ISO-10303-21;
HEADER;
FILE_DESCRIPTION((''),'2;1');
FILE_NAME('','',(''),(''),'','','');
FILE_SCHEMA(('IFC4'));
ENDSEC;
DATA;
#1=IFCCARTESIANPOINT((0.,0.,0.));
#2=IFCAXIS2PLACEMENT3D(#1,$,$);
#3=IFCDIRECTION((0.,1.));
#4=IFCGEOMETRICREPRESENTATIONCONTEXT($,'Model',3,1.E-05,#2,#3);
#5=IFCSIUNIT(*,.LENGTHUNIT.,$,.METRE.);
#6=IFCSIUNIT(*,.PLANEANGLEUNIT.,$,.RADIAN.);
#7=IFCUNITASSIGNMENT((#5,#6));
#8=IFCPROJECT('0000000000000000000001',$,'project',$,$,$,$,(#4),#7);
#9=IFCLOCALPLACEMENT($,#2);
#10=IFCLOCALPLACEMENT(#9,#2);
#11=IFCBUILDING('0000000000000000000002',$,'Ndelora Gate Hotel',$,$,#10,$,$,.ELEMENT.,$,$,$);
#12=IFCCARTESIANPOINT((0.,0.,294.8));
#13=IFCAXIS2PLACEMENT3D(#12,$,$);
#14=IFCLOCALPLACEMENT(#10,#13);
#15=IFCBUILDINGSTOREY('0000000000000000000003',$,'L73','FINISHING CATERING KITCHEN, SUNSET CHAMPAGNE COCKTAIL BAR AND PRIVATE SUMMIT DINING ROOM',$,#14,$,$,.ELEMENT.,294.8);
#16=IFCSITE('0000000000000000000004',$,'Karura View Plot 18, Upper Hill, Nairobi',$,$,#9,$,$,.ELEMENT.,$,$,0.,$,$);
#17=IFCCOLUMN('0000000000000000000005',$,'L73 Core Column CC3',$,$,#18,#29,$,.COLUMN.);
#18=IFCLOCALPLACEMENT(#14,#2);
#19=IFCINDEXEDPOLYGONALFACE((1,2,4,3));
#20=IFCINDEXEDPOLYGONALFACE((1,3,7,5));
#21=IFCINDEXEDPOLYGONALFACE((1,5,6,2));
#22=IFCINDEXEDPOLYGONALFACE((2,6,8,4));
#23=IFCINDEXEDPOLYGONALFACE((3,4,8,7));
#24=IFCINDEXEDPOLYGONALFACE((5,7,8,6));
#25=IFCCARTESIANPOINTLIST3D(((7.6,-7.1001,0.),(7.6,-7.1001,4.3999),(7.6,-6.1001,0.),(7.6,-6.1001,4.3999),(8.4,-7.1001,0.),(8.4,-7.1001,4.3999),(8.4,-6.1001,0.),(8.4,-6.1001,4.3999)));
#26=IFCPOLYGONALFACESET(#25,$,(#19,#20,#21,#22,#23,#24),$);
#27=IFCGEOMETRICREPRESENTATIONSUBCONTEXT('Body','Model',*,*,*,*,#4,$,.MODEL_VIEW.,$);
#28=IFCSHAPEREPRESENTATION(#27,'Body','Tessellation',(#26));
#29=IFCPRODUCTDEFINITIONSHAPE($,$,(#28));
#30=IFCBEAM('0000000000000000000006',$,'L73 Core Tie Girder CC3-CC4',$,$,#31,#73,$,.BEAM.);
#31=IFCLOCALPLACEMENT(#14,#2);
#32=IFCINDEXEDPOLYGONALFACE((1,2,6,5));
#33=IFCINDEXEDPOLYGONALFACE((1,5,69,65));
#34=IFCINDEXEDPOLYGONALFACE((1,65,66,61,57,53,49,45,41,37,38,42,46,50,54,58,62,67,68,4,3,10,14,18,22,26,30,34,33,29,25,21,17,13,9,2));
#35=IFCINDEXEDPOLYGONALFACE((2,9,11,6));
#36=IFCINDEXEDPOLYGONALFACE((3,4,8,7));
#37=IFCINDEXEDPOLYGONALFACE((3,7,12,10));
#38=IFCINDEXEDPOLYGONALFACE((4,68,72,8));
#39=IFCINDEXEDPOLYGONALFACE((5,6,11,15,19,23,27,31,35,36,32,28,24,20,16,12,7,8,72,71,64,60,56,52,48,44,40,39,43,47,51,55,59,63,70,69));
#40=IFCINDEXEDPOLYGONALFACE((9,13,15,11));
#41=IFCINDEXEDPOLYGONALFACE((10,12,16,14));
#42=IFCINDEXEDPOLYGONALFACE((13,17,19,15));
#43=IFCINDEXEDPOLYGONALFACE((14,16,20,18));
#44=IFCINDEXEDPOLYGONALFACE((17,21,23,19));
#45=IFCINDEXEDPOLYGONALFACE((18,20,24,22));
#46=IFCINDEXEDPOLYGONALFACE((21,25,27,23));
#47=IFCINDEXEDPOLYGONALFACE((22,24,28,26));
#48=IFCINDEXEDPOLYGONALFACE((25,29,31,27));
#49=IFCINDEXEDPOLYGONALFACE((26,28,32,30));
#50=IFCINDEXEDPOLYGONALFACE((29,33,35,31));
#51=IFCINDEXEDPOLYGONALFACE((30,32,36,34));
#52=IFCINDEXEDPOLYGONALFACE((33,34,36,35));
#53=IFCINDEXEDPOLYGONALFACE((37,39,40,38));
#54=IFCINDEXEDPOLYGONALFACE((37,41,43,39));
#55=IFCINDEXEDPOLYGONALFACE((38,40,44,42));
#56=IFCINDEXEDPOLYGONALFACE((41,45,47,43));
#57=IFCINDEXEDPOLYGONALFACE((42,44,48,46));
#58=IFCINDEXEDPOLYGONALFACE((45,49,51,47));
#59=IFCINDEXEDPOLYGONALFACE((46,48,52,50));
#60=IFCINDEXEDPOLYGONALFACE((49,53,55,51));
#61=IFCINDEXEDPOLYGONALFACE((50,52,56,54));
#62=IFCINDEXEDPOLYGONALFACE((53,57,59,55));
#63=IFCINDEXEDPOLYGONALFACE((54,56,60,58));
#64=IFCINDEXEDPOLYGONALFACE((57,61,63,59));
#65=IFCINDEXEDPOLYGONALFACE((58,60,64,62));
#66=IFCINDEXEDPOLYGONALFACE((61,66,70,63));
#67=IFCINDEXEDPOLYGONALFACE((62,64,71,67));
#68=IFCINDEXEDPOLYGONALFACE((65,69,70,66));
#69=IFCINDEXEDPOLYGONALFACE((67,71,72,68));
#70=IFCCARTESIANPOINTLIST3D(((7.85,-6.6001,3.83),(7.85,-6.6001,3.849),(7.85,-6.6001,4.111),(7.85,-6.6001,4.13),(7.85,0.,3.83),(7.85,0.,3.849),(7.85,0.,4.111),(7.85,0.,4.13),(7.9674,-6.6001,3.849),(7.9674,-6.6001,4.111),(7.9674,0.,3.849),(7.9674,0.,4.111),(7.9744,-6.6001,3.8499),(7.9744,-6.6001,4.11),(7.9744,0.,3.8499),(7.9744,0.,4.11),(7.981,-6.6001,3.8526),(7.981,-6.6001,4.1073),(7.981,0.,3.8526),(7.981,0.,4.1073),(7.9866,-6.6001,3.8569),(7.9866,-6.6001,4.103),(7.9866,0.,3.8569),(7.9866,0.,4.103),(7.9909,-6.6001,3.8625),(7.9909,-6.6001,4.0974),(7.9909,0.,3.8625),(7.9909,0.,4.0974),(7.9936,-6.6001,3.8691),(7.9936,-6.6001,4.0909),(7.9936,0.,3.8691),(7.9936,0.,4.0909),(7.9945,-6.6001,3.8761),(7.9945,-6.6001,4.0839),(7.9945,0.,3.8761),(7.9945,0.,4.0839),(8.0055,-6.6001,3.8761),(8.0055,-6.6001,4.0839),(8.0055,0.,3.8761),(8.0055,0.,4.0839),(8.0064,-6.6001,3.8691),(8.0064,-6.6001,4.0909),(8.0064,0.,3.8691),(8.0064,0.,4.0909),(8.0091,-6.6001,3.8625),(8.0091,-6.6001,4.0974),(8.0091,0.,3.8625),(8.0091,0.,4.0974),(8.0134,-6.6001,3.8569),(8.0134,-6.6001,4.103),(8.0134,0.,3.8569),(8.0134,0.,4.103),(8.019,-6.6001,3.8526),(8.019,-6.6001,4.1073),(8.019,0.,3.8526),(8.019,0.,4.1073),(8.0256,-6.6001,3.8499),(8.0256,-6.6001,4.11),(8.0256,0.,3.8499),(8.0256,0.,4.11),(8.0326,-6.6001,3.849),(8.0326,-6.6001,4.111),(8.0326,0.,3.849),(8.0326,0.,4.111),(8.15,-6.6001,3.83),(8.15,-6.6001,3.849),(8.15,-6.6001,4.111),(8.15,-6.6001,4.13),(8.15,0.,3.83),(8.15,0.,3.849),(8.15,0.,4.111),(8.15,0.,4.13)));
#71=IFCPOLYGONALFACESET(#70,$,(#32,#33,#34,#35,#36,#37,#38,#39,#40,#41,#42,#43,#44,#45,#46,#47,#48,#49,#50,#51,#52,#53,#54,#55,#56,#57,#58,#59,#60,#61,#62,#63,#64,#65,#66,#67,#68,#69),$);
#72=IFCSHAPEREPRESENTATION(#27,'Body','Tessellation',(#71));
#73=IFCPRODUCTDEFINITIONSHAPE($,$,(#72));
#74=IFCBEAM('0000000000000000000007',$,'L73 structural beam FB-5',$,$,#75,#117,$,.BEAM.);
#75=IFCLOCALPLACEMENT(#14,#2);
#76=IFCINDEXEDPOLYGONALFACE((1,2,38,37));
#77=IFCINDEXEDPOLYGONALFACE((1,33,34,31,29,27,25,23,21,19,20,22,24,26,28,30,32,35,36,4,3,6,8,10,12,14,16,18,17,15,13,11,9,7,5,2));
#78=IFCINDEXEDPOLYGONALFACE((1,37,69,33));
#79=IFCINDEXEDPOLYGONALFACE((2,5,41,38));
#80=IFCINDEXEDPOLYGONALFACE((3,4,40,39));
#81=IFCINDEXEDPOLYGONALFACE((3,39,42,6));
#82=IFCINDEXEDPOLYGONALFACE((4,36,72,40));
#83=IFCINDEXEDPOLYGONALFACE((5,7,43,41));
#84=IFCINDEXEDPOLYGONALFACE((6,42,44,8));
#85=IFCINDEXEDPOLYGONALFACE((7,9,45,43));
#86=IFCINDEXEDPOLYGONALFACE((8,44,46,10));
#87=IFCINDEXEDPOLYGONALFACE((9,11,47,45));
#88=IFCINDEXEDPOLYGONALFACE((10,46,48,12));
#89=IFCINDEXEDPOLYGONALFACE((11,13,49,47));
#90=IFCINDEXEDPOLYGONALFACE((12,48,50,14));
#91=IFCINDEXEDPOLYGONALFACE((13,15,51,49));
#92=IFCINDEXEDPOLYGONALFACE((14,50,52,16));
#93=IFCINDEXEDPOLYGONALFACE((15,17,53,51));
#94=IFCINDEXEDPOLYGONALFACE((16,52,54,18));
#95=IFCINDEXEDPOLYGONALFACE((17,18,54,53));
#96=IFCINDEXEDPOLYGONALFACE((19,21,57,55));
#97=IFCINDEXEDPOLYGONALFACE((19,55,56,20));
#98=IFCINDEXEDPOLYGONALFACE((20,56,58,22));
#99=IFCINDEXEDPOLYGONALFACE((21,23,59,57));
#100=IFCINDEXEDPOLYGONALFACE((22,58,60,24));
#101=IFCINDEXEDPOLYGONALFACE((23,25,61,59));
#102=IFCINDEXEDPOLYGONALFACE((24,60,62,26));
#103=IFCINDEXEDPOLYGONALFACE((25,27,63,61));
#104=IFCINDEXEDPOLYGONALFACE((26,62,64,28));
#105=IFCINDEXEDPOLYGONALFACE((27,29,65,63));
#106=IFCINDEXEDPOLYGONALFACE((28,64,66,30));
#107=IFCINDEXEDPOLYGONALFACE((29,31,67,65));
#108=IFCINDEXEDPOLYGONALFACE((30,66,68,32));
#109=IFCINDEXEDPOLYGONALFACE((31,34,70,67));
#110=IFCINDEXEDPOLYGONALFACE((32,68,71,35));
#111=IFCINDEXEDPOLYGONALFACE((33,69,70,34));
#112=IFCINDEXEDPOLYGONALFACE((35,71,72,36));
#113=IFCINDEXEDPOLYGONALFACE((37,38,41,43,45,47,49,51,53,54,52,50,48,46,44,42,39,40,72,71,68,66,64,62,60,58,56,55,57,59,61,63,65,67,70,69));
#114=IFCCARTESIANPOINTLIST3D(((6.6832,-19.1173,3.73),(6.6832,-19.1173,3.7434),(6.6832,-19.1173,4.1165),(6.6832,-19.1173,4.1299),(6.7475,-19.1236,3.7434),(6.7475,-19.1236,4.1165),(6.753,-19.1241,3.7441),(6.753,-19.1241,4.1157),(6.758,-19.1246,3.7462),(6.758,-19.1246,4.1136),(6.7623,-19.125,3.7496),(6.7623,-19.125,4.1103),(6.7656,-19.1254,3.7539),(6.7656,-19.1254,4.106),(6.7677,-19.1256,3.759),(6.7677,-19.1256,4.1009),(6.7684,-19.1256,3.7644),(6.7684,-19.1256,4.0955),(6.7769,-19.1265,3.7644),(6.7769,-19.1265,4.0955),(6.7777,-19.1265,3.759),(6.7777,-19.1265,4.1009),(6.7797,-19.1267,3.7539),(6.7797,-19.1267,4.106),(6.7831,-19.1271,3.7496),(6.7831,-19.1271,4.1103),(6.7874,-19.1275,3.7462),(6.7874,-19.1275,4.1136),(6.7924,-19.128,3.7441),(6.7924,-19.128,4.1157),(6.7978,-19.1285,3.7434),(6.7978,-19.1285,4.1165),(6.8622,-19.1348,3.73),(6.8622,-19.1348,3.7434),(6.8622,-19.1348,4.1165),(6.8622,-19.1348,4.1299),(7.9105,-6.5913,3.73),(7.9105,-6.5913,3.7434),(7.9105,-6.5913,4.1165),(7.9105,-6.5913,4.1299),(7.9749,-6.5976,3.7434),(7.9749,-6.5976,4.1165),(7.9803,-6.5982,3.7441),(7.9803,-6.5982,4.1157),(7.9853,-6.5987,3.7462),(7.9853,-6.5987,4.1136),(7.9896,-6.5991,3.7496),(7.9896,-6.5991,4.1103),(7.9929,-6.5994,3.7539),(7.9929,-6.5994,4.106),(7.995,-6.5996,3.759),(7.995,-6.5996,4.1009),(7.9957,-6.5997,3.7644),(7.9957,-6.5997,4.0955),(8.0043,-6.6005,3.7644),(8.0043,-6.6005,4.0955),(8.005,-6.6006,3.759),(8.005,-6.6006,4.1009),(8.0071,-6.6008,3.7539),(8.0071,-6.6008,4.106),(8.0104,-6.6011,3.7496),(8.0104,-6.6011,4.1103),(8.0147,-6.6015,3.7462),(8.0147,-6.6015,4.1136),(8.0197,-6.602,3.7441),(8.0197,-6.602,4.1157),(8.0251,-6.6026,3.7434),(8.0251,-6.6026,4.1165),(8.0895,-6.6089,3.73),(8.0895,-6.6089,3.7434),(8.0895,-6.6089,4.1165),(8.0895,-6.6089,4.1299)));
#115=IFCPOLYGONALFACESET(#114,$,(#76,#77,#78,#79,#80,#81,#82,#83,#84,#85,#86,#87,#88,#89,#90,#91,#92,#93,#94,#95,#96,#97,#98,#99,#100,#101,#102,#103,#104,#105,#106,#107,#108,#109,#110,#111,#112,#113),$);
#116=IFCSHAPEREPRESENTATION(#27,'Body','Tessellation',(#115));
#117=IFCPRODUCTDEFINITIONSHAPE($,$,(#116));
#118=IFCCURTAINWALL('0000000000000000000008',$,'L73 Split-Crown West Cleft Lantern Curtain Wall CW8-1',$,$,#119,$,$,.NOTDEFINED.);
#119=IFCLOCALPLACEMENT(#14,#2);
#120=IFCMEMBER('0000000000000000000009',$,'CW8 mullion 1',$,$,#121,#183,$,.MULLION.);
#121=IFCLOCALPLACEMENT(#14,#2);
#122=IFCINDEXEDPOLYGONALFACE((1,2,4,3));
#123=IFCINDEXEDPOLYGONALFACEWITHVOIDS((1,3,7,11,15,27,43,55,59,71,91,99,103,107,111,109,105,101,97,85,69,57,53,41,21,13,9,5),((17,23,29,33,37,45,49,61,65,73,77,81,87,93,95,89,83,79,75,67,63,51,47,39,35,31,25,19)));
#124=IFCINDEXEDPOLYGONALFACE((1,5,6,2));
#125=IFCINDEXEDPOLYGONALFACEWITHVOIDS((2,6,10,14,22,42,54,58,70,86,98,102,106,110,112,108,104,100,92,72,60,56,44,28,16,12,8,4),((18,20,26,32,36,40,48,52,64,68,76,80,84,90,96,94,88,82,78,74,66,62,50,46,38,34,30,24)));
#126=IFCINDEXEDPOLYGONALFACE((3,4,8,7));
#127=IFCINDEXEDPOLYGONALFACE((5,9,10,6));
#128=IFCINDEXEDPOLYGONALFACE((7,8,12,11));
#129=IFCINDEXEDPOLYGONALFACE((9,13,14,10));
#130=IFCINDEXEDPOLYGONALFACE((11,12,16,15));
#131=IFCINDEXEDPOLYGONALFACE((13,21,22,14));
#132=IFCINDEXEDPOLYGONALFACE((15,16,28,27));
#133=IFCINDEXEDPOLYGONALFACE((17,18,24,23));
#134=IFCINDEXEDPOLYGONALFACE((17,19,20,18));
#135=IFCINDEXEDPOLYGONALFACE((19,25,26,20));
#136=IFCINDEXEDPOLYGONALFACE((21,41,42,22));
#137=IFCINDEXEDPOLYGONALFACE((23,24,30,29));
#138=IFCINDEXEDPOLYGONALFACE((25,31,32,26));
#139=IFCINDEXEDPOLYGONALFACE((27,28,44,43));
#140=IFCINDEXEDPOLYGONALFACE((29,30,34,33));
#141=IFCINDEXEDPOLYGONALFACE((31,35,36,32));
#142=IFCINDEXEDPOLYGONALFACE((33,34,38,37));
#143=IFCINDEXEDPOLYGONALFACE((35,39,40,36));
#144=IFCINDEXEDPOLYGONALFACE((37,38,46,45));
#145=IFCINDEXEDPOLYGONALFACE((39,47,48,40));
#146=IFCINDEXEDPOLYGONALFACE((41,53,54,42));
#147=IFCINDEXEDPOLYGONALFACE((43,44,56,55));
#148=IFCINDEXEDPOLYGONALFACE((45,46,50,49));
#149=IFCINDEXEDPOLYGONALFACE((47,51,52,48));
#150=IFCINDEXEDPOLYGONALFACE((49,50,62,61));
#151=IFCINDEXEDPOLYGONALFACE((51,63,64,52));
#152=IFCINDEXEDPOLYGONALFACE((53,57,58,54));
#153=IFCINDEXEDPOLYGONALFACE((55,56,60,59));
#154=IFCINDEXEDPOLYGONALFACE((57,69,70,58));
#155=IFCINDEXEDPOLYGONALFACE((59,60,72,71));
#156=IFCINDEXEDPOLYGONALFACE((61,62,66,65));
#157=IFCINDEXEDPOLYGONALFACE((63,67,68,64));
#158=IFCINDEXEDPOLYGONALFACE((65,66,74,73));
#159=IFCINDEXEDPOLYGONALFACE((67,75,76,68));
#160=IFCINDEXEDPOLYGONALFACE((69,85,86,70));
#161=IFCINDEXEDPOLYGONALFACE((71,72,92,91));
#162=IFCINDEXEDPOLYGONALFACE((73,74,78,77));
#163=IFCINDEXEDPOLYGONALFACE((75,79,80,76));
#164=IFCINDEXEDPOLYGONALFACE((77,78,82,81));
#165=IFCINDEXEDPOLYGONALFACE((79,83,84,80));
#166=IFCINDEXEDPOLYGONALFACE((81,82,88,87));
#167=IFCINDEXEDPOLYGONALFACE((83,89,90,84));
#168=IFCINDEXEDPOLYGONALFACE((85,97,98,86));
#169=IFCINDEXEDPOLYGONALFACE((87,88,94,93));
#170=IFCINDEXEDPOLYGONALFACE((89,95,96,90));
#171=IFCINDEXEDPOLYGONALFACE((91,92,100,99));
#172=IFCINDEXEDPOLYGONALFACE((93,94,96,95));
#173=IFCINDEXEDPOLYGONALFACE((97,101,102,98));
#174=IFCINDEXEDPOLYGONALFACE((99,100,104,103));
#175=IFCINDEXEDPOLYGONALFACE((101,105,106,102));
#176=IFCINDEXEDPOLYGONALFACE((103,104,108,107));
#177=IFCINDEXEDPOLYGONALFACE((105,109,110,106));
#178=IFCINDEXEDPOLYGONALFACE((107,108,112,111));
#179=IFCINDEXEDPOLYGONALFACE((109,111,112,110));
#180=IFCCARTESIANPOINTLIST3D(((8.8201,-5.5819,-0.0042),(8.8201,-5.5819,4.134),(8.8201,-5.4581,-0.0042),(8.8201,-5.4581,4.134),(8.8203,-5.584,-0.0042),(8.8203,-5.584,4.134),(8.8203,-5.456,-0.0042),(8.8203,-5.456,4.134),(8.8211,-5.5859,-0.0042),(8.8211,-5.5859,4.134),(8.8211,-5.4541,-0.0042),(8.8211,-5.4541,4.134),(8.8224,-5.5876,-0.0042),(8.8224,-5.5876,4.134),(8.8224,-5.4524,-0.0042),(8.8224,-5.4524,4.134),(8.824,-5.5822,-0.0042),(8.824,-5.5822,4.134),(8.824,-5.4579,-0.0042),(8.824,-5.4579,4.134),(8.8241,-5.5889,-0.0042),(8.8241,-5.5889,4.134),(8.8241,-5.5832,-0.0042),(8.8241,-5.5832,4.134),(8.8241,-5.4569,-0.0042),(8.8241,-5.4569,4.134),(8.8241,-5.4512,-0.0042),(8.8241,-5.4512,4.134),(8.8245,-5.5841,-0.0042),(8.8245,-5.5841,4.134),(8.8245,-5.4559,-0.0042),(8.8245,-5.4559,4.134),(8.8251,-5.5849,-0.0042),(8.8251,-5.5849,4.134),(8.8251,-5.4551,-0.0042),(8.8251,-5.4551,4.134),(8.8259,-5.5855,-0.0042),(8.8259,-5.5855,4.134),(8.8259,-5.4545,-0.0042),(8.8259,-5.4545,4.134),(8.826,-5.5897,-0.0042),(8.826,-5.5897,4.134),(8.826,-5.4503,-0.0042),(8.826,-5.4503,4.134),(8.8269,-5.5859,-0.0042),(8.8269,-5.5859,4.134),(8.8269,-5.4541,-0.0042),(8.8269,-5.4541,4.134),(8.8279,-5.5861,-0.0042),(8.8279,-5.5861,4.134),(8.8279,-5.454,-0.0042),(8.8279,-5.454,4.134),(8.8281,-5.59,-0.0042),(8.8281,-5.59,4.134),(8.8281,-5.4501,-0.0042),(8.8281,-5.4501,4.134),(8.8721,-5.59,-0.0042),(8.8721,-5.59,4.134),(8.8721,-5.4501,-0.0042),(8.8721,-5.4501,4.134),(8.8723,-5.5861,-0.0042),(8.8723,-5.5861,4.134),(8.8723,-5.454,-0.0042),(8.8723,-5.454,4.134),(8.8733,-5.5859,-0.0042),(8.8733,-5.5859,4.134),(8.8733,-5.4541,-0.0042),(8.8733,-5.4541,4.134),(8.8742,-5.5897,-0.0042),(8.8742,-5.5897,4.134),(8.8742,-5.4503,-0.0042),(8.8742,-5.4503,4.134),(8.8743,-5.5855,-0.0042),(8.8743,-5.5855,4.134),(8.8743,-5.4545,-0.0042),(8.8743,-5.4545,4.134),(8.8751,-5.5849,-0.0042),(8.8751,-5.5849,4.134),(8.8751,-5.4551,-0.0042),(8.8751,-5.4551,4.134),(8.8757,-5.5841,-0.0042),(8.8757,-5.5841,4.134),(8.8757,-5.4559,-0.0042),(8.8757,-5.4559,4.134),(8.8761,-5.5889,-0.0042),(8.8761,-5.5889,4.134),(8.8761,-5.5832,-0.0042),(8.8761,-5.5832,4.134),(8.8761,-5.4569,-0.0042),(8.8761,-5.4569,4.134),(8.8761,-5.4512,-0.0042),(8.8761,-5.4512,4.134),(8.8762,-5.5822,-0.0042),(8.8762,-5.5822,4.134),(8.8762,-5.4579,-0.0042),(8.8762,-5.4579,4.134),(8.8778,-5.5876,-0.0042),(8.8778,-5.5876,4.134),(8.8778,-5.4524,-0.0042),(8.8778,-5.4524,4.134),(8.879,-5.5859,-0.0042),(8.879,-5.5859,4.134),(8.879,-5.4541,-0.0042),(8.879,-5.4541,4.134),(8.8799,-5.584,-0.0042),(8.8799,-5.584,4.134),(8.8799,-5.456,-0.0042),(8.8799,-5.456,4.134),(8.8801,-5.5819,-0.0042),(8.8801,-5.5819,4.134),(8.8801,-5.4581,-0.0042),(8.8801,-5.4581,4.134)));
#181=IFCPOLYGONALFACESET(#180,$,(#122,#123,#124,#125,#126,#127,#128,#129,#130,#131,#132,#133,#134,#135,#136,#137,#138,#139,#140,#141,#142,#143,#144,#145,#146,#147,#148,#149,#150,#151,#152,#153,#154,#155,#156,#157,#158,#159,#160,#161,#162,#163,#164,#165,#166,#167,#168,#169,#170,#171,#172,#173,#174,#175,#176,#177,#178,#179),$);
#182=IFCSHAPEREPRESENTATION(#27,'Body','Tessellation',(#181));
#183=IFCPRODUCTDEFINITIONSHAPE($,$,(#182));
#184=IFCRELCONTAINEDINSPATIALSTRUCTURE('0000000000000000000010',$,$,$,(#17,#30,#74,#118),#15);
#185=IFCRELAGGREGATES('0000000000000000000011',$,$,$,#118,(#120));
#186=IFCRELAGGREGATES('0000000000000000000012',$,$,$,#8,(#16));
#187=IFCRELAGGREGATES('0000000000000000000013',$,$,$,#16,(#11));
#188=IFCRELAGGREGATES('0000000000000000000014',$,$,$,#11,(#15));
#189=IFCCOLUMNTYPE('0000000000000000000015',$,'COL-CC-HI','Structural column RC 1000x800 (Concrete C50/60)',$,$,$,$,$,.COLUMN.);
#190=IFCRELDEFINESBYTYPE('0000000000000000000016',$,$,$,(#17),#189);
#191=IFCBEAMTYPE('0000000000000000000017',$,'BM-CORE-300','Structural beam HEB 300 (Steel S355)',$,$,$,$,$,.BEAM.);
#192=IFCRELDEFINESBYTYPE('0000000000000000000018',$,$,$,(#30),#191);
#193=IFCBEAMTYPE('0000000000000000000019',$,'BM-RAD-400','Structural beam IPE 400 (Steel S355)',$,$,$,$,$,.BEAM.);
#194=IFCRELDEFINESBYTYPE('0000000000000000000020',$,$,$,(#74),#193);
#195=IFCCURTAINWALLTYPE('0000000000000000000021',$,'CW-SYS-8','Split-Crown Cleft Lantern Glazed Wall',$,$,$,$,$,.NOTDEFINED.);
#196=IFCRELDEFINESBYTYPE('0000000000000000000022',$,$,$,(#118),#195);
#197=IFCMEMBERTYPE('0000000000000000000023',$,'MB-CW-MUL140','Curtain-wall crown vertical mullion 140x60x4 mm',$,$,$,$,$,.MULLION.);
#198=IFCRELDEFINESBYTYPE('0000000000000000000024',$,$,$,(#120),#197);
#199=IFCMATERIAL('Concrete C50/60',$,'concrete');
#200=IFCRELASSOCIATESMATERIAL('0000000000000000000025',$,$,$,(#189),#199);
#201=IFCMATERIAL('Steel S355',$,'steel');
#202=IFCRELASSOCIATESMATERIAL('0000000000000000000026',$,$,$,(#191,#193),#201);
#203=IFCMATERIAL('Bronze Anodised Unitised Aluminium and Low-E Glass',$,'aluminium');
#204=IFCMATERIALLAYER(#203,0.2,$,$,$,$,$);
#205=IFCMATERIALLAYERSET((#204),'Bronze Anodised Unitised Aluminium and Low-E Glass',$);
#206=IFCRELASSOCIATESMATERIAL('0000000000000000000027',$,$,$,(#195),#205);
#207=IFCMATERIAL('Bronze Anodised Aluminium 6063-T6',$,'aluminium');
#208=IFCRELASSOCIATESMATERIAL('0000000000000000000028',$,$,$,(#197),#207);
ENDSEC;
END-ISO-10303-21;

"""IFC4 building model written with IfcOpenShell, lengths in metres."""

from ifc_helpers import new_model, si_unit, direction, frame, origin, origin_2d, place, context, subcontext, project, spatial, rectangle, hollow_rectangle, i_section, extrude, material, layer, layer_set, material_profile, profile_set, type_object, element, aggregate, save


model = new_model("IFC4")

# Units and contexts
model_context = context("Model", 3, precision=1e-05, world=origin(), true_north=direction((0.0, 1.0)))
body_context = subcontext(model_context, "Body", "Model", "MODEL_VIEW")
ifc_project = project(units=[si_unit("LENGTHUNIT", "METRE"), si_unit("PLANEANGLEUNIT", "RADIAN")], contexts=[model_context])

# Site, building, storey
site_placement = place(None, origin())
site = spatial("IfcSite", under=ifc_project, at=site_placement, Name="Karura View Plot 18, Upper Hill, Nairobi", CompositionType="ELEMENT", RefElevation=0.0)
building_placement = place(site_placement, origin())
building = spatial("IfcBuilding", under=site, at=building_placement, Name="Ndelora Gate Hotel", CompositionType="ELEMENT")
storey_placement = place(building_placement, frame((0.0, 0.0, 294.8)))
storey = spatial("IfcBuildingStorey", under=building, at=storey_placement, Name="L73", Description="FINISHING CATERING KITCHEN, SUNSET CHAMPAGNE COCKTAIL BAR AND PRIVATE SUMMIT DINING ROOM", CompositionType="ELEMENT", Elevation=294.8)

# Column
ifc_material_1 = material(Name="Concrete C50/60", Category="concrete")
ifc_material_profile_1 = material_profile(ifc_material_1, rectangle(XDim=0.8, YDim=1.0, at=origin_2d()), Name="RC 1000x800")
ifc_profile_set_1 = profile_set([ifc_material_profile_1], Name="Concrete C50/60")
column_type = type_object("IfcColumnType", Name="COL-CC-HI", Description="Structural column RC 1000x800 (Concrete C50/60)", PredefinedType="COLUMN", material=ifc_profile_set_1)
column_placement = place(storey_placement, frame((8.0, -6.6001, 0.0), z_axis=(0.0, 0.0, 1.0), x_axis=(1.0, 0.0, 0.0)))
element("IfcColumn", 1, at=column_placement, inside=storey, type_object=column_type, Name="L73 Core Column CC3", PredefinedType="COLUMN", context=body_context, shape_type="SweptSolid", body=[
    extrude(rectangle(XDim=0.8, YDim=1.0, at=origin_2d()), origin(), (0.0, 0.0, 1.0), 4.3999),
])

# Beams
ifc_material_2 = material(Name="Steel S355", Category="steel")
ifc_material_profile_2 = material_profile(ifc_material_2, i_section(OverallWidth=0.3, OverallDepth=0.3, WebThickness=0.011, FlangeThickness=0.019, FilletRadius=0.0271, at=origin_2d()), Name="HEB 300")
ifc_profile_set_2 = profile_set([ifc_material_profile_2], Name="Steel S355")
beam_type_1 = type_object("IfcBeamType", Name="BM-CORE-300", Description="Structural beam HEB 300 (Steel S355)", PredefinedType="BEAM", material=ifc_profile_set_2)
beam_1_placement = place(storey_placement, frame((8.0, -6.6001, 3.98), z_axis=(0.0, 1.0, 0.0), x_axis=(-1.0, 0.0, 0.0)))
element("IfcBeam", 2, at=beam_1_placement, inside=storey, type_object=beam_type_1, Name="L73 Core Tie Girder CC3-CC4", PredefinedType="BEAM", context=body_context, shape_type="SweptSolid", body=[
    extrude(i_section(OverallWidth=0.3, OverallDepth=0.3, WebThickness=0.011, FlangeThickness=0.019, FilletRadius=0.0271, at=origin_2d()), origin(), (0.0, 0.0, 1.0), 6.6001),
])
ifc_material_profile_3 = material_profile(ifc_material_2, i_section(OverallWidth=0.1799, OverallDepth=0.3999, WebThickness=0.0085, FlangeThickness=0.0134, FilletRadius=0.021, at=origin_2d()), Name="IPE 400")
ifc_profile_set_3 = profile_set([ifc_material_profile_3], Name="Steel S355")
beam_type_2 = type_object("IfcBeamType", Name="BM-RAD-400", Description="Structural beam IPE 400 (Steel S355)", PredefinedType="BEAM", material=ifc_profile_set_3)
beam_2_placement = place(storey_placement, frame((8.0, -6.6001, 3.9299), z_axis=(-0.097514, -0.995234, 0.0), x_axis=(0.995234, -0.097514, 0.0)))
element("IfcBeam", 3, at=beam_2_placement, inside=storey, type_object=beam_type_2, Name="L73 structural beam FB-5", PredefinedType="BEAM", context=body_context, shape_type="SweptSolid", body=[
    extrude(i_section(OverallWidth=0.1799, OverallDepth=0.3999, WebThickness=0.0085, FlangeThickness=0.0134, FilletRadius=0.021, at=origin_2d()), origin(), (0.0, 0.0, 1.0), 12.5859),
])

# Curtain wall, member
ifc_material_3 = material(Name="Bronze Anodised Unitised Aluminium and Low-E Glass", Category="aluminium")
ifc_layer_1 = layer(ifc_material_3, 0.2)
ifc_layer_set_1 = layer_set([ifc_layer_1], Name="Bronze Anodised Unitised Aluminium and Low-E Glass")
curtain_wall_type = type_object("IfcCurtainWallType", Name="CW-SYS-8", Description="Split-Crown Cleft Lantern Glazed Wall", PredefinedType="NOTDEFINED", material=ifc_layer_set_1)
curtain_wall_placement = place(storey_placement, origin())
curtain_wall = element("IfcCurtainWall", 4, at=curtain_wall_placement, inside=storey, type_object=curtain_wall_type, Name="L73 Split-Crown West Cleft Lantern Curtain Wall CW8-1", PredefinedType="NOTDEFINED")
ifc_material_4 = material(Name="Bronze Anodised Aluminium 6063-T6", Category="aluminium")
ifc_material_profile_4 = material_profile(ifc_material_4, hollow_rectangle(XDim=0.0601, YDim=0.1399, WallThickness=0.0039, InnerFilletRadius=0.0039, OuterFilletRadius=0.0081, at=origin_2d()), Name="ALU 140x60x4")
ifc_profile_set_4 = profile_set([ifc_material_profile_4], Name="Bronze Anodised Aluminium 6063-T6")
member_type_1 = type_object("IfcMemberType", Name="MB-CW-MUL140", Description="Curtain-wall crown vertical mullion 140x60x4 mm", PredefinedType="MULLION", material=ifc_profile_set_4)
member_1_placement = place(storey_placement, frame((8.8501, -5.52, -0.0042), z_axis=(0.0, 0.0, 1.0), x_axis=(-1.0, 0.0, 0.0)))
member_1 = element("IfcMember", 5, at=member_1_placement, type_object=member_type_1, Name="CW8 mullion 1", PredefinedType="MULLION", context=body_context, shape_type="SweptSolid", body=[
    extrude(hollow_rectangle(XDim=0.0601, YDim=0.1399, WallThickness=0.0039, InnerFilletRadius=0.0039, OuterFilletRadius=0.0081, at=origin_2d()), origin(), (0.0, 0.0, 1.0), 4.1382),
])
aggregate(curtain_wall, [member_1])

save(model, "model.ifc")
